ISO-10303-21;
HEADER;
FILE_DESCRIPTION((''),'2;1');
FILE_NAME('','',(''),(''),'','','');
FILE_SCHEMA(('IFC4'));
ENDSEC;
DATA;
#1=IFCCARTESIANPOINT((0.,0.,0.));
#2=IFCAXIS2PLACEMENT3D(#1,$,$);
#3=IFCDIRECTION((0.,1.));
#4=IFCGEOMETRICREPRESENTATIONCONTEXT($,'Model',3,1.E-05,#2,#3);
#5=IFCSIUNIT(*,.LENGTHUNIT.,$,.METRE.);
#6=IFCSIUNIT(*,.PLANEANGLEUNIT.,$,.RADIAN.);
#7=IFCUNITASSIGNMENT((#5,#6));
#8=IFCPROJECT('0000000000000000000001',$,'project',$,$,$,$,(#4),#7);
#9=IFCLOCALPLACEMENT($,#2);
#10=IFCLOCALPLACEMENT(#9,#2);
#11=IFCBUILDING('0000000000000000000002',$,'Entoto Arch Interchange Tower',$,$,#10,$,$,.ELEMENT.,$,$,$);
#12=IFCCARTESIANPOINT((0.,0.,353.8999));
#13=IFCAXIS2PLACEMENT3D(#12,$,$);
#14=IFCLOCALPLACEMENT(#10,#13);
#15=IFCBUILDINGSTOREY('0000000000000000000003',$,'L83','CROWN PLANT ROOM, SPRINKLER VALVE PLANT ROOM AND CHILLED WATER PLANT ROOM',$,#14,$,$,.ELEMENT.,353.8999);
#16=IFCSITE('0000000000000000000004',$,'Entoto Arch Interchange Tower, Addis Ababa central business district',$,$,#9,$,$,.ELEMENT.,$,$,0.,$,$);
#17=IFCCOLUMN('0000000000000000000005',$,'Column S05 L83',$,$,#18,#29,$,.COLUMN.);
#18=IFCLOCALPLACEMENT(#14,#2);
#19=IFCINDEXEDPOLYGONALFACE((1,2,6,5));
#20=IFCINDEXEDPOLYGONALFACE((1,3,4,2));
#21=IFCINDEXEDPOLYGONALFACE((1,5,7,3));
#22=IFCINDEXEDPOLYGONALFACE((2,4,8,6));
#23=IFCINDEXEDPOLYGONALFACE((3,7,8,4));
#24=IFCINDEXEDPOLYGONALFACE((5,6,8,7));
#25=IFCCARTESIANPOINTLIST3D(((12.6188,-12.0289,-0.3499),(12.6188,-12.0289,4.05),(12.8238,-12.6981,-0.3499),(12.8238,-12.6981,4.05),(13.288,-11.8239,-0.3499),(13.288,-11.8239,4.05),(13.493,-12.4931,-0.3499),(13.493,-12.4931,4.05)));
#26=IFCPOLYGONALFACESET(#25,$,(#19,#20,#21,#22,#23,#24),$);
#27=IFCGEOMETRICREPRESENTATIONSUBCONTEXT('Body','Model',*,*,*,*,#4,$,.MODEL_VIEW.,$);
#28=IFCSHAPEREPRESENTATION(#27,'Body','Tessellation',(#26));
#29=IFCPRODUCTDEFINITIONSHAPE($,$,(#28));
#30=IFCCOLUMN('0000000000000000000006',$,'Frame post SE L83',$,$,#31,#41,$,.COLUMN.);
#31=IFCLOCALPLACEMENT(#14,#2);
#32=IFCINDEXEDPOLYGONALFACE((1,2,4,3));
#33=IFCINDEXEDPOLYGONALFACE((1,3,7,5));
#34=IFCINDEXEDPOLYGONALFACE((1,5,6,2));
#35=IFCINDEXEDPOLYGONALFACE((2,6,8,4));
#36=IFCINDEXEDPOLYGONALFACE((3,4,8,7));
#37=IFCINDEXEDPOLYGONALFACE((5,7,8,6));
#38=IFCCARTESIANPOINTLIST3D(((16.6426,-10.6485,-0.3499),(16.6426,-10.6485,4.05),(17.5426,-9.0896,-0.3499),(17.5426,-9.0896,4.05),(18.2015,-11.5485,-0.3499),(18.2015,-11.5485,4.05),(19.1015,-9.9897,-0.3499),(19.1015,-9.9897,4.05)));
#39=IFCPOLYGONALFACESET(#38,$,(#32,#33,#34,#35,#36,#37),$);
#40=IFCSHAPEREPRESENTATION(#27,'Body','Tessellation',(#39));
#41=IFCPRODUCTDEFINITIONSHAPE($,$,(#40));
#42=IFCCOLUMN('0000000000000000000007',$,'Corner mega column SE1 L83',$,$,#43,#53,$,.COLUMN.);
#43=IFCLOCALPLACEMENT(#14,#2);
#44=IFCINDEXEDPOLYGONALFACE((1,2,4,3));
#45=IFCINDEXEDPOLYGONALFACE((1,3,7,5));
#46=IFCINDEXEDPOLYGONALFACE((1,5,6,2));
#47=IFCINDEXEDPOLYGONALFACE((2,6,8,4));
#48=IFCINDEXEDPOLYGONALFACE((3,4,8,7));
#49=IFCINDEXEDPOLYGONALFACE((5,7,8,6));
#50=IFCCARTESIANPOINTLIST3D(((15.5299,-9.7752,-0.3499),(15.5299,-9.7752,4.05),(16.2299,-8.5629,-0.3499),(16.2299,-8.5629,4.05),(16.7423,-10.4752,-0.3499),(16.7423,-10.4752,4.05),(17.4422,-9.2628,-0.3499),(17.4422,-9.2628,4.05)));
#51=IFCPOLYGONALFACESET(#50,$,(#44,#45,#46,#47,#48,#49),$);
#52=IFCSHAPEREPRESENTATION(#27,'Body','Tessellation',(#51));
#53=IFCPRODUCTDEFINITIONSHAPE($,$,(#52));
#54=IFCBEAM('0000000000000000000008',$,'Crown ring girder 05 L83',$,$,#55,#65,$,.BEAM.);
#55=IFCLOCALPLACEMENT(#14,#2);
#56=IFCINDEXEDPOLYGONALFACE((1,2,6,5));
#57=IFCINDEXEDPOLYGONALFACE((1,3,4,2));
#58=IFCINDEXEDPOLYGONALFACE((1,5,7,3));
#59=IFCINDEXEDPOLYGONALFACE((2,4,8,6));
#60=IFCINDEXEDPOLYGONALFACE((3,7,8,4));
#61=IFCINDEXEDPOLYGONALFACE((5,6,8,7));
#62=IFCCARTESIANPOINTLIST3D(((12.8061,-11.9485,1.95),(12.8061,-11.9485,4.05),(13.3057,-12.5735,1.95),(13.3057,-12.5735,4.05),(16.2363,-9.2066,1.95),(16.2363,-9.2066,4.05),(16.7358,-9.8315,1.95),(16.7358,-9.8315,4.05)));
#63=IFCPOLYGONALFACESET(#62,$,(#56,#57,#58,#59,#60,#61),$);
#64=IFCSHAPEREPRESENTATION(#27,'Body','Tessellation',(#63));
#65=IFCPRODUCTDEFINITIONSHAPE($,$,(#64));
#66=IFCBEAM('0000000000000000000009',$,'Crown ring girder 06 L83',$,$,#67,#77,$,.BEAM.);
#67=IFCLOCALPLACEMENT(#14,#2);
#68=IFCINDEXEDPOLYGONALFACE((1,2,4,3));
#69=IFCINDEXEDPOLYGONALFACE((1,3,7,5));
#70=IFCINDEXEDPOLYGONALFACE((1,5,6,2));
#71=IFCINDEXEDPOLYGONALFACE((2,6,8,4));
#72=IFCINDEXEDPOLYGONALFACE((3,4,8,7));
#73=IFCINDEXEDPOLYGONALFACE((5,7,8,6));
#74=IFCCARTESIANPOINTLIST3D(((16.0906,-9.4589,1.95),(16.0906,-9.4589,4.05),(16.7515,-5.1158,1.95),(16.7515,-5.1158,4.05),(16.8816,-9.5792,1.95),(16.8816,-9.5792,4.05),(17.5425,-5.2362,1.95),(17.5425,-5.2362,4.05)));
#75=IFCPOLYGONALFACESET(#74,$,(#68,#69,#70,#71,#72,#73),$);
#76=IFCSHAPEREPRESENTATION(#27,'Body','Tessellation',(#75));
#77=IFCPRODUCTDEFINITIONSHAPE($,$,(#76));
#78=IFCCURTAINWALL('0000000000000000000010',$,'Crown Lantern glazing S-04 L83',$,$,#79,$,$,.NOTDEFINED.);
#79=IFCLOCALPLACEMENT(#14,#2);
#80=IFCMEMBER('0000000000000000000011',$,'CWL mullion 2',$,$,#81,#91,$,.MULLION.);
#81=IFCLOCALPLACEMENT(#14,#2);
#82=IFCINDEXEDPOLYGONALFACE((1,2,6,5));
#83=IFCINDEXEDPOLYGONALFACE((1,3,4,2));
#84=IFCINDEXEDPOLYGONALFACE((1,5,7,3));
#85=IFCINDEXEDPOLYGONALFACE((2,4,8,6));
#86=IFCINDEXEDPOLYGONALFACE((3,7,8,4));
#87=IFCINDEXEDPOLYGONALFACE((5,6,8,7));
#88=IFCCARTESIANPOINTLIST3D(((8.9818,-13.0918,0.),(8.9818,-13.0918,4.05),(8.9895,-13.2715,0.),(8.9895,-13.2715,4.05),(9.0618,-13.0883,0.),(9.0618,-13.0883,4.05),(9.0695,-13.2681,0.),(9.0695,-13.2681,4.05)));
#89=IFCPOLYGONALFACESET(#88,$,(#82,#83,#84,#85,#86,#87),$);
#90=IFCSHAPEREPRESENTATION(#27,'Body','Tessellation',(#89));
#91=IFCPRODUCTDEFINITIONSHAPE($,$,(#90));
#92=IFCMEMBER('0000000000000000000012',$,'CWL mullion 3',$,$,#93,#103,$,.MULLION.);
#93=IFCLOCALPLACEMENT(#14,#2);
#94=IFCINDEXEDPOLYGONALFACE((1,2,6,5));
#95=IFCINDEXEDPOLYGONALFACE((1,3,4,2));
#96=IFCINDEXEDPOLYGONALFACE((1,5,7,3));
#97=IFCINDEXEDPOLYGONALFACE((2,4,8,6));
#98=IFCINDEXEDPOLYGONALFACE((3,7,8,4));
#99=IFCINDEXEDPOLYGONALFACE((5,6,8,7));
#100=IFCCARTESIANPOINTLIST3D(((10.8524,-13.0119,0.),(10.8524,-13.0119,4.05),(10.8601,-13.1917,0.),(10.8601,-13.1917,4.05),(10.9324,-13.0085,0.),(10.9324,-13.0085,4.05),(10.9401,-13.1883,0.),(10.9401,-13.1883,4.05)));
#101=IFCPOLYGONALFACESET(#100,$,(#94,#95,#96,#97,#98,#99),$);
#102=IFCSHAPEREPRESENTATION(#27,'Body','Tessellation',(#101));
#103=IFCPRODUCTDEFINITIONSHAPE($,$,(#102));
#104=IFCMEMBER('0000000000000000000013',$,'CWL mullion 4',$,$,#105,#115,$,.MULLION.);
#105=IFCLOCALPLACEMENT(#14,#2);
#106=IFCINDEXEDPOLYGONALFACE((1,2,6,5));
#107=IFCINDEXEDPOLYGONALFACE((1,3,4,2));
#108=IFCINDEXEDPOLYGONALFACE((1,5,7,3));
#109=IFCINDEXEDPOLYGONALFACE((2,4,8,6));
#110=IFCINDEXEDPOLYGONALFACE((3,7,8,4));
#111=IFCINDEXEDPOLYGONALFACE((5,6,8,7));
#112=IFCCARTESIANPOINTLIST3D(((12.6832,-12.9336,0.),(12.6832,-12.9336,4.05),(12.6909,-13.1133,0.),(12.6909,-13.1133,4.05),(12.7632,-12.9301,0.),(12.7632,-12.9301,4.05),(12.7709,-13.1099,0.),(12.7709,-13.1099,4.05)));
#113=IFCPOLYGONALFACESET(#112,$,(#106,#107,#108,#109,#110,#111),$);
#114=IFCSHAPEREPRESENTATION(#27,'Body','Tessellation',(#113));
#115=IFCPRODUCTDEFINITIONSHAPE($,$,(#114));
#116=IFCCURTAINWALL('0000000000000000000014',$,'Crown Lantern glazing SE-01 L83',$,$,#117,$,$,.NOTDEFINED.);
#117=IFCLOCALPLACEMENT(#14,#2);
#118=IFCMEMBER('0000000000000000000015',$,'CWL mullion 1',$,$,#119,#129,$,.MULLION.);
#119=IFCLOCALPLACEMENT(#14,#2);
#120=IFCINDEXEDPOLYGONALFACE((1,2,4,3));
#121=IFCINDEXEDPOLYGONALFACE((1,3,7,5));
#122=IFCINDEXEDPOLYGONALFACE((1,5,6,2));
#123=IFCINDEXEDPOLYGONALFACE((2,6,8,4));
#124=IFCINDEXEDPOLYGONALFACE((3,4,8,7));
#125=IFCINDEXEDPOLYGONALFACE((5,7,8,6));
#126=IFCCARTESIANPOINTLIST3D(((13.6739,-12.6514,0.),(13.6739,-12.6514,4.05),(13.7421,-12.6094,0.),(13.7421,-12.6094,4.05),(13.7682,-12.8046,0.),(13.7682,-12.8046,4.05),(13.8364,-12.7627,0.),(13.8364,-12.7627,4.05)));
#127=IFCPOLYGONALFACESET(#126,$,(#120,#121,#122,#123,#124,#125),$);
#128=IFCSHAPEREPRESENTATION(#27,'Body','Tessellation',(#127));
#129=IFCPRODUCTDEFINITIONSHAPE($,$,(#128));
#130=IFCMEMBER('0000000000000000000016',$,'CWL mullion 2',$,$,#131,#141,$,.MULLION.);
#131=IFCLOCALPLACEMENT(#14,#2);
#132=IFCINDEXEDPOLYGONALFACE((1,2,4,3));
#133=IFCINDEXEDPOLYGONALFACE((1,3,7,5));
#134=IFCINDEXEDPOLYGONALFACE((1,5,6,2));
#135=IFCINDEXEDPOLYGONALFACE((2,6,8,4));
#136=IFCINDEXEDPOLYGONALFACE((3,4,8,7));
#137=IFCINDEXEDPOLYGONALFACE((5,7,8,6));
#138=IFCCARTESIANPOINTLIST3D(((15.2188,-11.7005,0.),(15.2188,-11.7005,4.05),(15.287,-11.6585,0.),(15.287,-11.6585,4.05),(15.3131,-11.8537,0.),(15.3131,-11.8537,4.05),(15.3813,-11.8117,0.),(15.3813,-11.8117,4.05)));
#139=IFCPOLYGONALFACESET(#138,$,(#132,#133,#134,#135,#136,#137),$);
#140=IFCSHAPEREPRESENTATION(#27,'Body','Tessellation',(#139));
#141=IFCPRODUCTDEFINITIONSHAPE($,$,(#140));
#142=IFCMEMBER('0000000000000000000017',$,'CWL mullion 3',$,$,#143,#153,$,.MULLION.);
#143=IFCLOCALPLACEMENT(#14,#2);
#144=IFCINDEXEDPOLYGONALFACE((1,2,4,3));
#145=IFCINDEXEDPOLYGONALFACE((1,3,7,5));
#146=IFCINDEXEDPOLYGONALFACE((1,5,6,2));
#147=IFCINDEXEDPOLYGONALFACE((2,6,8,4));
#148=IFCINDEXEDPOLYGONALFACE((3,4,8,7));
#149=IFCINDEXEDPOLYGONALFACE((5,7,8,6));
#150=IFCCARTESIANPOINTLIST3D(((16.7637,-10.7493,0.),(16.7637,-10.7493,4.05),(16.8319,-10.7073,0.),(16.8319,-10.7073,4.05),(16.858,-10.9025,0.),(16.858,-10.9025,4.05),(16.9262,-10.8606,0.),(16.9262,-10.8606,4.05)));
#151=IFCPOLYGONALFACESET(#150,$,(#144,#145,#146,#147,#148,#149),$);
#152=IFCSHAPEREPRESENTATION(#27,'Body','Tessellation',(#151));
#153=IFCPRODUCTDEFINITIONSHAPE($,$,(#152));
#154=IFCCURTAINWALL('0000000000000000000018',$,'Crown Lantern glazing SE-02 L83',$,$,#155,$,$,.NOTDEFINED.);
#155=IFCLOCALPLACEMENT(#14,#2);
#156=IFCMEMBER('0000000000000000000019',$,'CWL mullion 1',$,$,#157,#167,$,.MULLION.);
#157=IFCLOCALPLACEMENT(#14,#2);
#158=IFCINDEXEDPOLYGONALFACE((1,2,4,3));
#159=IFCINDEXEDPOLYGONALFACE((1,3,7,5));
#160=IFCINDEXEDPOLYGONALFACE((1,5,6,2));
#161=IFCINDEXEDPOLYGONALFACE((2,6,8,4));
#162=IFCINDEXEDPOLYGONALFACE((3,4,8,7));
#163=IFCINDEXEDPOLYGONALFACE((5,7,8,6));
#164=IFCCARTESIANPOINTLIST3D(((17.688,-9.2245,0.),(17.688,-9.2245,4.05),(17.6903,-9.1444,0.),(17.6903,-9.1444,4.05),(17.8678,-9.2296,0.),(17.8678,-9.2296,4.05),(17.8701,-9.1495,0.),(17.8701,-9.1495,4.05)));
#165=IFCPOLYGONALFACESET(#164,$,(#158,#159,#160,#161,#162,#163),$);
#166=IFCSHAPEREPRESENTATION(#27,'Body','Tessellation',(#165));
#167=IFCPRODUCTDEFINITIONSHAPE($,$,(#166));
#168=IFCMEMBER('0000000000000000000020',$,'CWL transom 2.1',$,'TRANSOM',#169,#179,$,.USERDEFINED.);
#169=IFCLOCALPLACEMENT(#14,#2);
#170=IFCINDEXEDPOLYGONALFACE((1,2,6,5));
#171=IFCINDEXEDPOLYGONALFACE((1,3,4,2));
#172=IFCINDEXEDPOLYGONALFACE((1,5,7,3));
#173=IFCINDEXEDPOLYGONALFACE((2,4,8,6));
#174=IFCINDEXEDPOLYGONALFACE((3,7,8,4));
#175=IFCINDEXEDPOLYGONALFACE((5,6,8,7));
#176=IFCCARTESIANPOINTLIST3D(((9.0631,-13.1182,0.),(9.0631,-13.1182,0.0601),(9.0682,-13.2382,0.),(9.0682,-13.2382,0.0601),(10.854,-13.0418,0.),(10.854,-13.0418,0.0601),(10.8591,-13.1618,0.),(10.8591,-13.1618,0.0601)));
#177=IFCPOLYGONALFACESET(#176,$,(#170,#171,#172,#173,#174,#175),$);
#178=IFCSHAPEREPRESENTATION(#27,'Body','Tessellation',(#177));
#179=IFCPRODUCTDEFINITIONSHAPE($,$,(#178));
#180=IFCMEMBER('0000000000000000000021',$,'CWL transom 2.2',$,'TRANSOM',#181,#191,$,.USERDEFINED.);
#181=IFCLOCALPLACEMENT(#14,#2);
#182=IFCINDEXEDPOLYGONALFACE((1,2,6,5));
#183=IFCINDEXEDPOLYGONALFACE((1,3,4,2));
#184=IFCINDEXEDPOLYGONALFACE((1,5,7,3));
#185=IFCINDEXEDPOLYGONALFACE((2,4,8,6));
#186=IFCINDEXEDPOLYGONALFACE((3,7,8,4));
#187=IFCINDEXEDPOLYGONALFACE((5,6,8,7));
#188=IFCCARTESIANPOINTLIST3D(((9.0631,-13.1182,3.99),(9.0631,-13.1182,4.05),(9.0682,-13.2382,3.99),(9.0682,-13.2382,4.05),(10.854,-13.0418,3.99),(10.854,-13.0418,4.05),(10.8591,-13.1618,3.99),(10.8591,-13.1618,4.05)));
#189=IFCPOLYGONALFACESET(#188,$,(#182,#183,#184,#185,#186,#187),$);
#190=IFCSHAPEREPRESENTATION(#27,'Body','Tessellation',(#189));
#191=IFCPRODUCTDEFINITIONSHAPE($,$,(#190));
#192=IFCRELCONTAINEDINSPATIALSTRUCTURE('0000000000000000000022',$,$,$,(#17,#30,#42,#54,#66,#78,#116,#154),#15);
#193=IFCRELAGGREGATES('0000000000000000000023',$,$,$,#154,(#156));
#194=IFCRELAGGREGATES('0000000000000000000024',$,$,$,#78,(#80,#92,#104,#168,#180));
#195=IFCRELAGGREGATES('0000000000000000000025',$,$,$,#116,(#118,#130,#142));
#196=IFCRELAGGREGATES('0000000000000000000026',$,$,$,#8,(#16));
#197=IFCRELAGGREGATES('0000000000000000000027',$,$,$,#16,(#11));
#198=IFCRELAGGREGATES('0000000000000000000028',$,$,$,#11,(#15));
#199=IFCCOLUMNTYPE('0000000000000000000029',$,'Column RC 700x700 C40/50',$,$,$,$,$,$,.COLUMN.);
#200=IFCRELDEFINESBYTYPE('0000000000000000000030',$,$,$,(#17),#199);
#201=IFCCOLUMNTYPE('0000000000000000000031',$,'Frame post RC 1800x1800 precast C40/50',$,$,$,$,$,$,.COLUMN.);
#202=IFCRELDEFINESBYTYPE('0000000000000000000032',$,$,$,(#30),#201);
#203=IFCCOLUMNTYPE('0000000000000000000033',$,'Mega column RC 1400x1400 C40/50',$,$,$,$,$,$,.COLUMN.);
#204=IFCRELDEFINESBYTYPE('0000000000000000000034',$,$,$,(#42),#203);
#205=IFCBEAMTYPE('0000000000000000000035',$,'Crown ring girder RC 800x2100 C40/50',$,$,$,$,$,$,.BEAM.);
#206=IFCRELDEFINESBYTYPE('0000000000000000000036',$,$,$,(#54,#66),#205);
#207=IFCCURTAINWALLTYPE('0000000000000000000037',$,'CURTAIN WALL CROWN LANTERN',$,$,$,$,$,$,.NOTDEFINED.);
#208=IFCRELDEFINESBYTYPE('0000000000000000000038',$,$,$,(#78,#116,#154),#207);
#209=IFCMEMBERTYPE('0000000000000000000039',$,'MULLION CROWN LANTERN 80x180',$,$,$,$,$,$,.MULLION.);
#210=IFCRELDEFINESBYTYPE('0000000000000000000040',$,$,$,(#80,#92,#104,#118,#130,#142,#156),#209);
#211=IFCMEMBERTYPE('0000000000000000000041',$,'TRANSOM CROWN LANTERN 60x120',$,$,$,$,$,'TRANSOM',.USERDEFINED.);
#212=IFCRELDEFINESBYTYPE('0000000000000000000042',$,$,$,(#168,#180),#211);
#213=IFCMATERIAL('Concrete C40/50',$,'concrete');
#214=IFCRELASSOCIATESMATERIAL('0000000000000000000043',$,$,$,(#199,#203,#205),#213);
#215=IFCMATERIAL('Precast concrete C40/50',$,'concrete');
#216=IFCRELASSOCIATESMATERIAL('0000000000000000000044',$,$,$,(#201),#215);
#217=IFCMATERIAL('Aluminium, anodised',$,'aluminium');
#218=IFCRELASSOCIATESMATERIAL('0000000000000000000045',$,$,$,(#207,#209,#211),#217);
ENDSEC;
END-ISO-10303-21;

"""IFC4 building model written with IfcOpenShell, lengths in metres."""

from ifc_helpers import new_model, si_unit, direction, frame, origin, origin_2d, place, context, subcontext, project, spatial, rectangle, extrude, material, material_profile, profile_set, type_object, element, aggregate, save


model = new_model("IFC4")

# Units and contexts
model_context = context("Model", 3, precision=1e-05, world=origin(), true_north=direction((0.0, 1.0)))
body_context = subcontext(model_context, "Body", "Model", "MODEL_VIEW")
ifc_project = project(units=[si_unit("LENGTHUNIT", "METRE"), si_unit("PLANEANGLEUNIT", "RADIAN")], contexts=[model_context])

# Site, building, storey
site_placement = place(None, origin())
site = spatial("IfcSite", under=ifc_project, at=site_placement, Name="Entoto Arch Interchange Tower, Addis Ababa central business district", CompositionType="ELEMENT", RefElevation=0.0)
building_placement = place(site_placement, origin())
building = spatial("IfcBuilding", under=site, at=building_placement, Name="Entoto Arch Interchange Tower", CompositionType="ELEMENT")
storey_placement = place(building_placement, frame((0.0, 0.0, 353.8999)))
storey = spatial("IfcBuildingStorey", under=building, at=storey_placement, Name="L83", Description="CROWN PLANT ROOM, SPRINKLER VALVE PLANT ROOM AND CHILLED WATER PLANT ROOM", CompositionType="ELEMENT", Elevation=353.8999)

# Columns
ifc_material_1 = material(Name="Concrete C40/50", Category="concrete")
ifc_material_profile_1 = material_profile(ifc_material_1, rectangle(XDim=0.7, YDim=0.7, at=origin_2d()))
ifc_profile_set_1 = profile_set([ifc_material_profile_1], Name="Concrete C40/50")
column_type_1 = type_object("IfcColumnType", Name="Column RC 700x700 C40/50", PredefinedType="COLUMN", material=ifc_profile_set_1)
column_1_placement = place(storey_placement, frame((13.0559, -12.261, -0.3499), z_axis=(0.0, 0.0, 1.0), x_axis=(0.956141, 0.292906, 0.0)))
element("IfcColumn", 1, at=column_1_placement, inside=storey, type_object=column_type_1, Name="Column S05 L83", PredefinedType="COLUMN", context=body_context, shape_type="SweptSolid", body=[
    extrude(rectangle(XDim=0.7, YDim=0.7, at=origin_2d()), origin(), (0.0, 0.0, 1.0), 4.3999),
])
ifc_material_2 = material(Name="Precast concrete C40/50", Category="concrete")
ifc_material_profile_2 = material_profile(ifc_material_2, rectangle(XDim=1.8, YDim=1.8, at=origin_2d()))
ifc_profile_set_2 = profile_set([ifc_material_profile_2], Name="Precast concrete C40/50")
column_type_2 = type_object("IfcColumnType", Name="Frame post RC 1800x1800 precast C40/50", PredefinedType="COLUMN", material=ifc_profile_set_2)
column_2_placement = place(storey_placement, frame((17.8721, -10.3191, -0.3499), z_axis=(0.0, 0.0, 1.0), x_axis=(-0.866025, 0.5, 0.0)))
element("IfcColumn", 2, at=column_2_placement, inside=storey, type_object=column_type_2, Name="Frame post SE L83", PredefinedType="COLUMN", context=body_context, shape_type="SweptSolid", body=[
    extrude(rectangle(XDim=1.8, YDim=1.8, at=origin_2d()), origin(), (0.0, 0.0, 1.0), 4.3999),
])
ifc_material_profile_3 = material_profile(ifc_material_1, rectangle(XDim=1.3999, YDim=1.3999, at=origin_2d()))
ifc_profile_set_3 = profile_set([ifc_material_profile_3], Name="Concrete C40/50")
column_type_3 = type_object("IfcColumnType", Name="Mega column RC 1400x1400 C40/50", PredefinedType="COLUMN", material=ifc_profile_set_3)
column_3_placement = place(storey_placement, frame((16.4861, -9.519, -0.3499), z_axis=(0.0, 0.0, 1.0), x_axis=(-0.866025, 0.5, 0.0)))
element("IfcColumn", 3, at=column_3_placement, inside=storey, type_object=column_type_3, Name="Corner mega column SE1 L83", PredefinedType="COLUMN", context=body_context, shape_type="SweptSolid", body=[
    extrude(rectangle(XDim=1.3999, YDim=1.3999, at=origin_2d()), origin(), (0.0, 0.0, 1.0), 4.3999),
])

# Beams
ifc_material_profile_4 = material_profile(ifc_material_1, rectangle(XDim=0.8, YDim=2.1001, at=origin_2d()))
ifc_profile_set_4 = profile_set([ifc_material_profile_4], Name="Concrete C40/50")
beam_type = type_object("IfcBeamType", Name="Crown ring girder RC 800x2100 C40/50", PredefinedType="BEAM", material=ifc_profile_set_4)
beam_1_placement = place(storey_placement, frame((13.0559, -12.261, 3.0), z_axis=(0.781113, 0.62439, 0.0), x_axis=(-0.62439, 0.781113, 0.0)))
element("IfcBeam", 4, at=beam_1_placement, inside=storey, type_object=beam_type, Name="Crown ring girder 05 L83", PredefinedType="BEAM", context=body_context, shape_type="SweptSolid", body=[
    extrude(rectangle(XDim=0.8, YDim=2.1001, at=origin_2d()), origin(), (0.0, 0.0, 1.0), 4.3914),
])
beam_2_placement = place(storey_placement, frame((16.4861, -9.519, 3.0), z_axis=(0.150441, 0.988619, 0.0), x_axis=(-0.988619, 0.150441, 0.0)))
element("IfcBeam", 5, at=beam_2_placement, inside=storey, type_object=beam_type, Name="Crown ring girder 06 L83", PredefinedType="BEAM", context=body_context, shape_type="SweptSolid", body=[
    extrude(rectangle(XDim=0.8, YDim=2.1001, at=origin_2d()), origin(), (0.0, 0.0, 1.0), 4.3931),
])

# Curtain walls, members
ifc_material_3 = material(Name="Aluminium, anodised", Category="aluminium")
curtain_wall_type = type_object("IfcCurtainWallType", Name="CURTAIN WALL CROWN LANTERN", PredefinedType="NOTDEFINED", material=ifc_material_3)
curtain_wall_1_placement = place(storey_placement, origin())
curtain_wall_1 = element("IfcCurtainWall", 6, at=curtain_wall_1_placement, inside=storey, type_object=curtain_wall_type, Name="Crown Lantern glazing S-04 L83", PredefinedType="NOTDEFINED")
ifc_material_profile_5 = material_profile(ifc_material_3, rectangle(XDim=0.1799, YDim=0.0801, at=origin_2d()))
ifc_profile_set_5 = profile_set([ifc_material_profile_5], Name="Aluminium, anodised")
member_type_1 = type_object("IfcMemberType", Name="MULLION CROWN LANTERN 80x180", PredefinedType="MULLION", material=ifc_profile_set_5)
member_1_placement = place(storey_placement, frame((9.0256, -13.1799, 0.0), z_axis=(0.0, 0.0, 1.0), x_axis=(-0.042726, 0.999087, 0.0)))
member_1 = element("IfcMember", 7, at=member_1_placement, type_object=member_type_1, Name="CWL mullion 2", PredefinedType="MULLION", context=body_context, shape_type="SweptSolid", body=[
    extrude(rectangle(XDim=0.1799, YDim=0.0801, at=origin_2d()), origin(), (0.0, 0.0, 1.0), 4.05),
])
member_2_placement = place(storey_placement, frame((10.8962, -13.1001, 0.0), z_axis=(0.0, 0.0, 1.0), x_axis=(-0.042726, 0.999087, 0.0)))
member_2 = element("IfcMember", 8, at=member_2_placement, type_object=member_type_1, Name="CWL mullion 3", PredefinedType="MULLION", context=body_context, shape_type="SweptSolid", body=[
    extrude(rectangle(XDim=0.1799, YDim=0.0801, at=origin_2d()), origin(), (0.0, 0.0, 1.0), 4.05),
])
member_3_placement = place(storey_placement, frame((12.7271, -13.0217, 0.0), z_axis=(0.0, 0.0, 1.0), x_axis=(-0.042726, 0.999087, 0.0)))
member_3 = element("IfcMember", 9, at=member_3_placement, type_object=member_type_1, Name="CWL mullion 4", PredefinedType="MULLION", context=body_context, shape_type="SweptSolid", body=[
    extrude(rectangle(XDim=0.1799, YDim=0.0801, at=origin_2d()), origin(), (0.0, 0.0, 1.0), 4.05),
])
curtain_wall_2_placement = place(storey_placement, origin())
curtain_wall_2 = element("IfcCurtainWall", 10, at=curtain_wall_2_placement, inside=storey, type_object=curtain_wall_type, Name="Crown Lantern glazing SE-01 L83", PredefinedType="NOTDEFINED")
member_4_placement = place(storey_placement, frame((13.7551, -12.707, 0.0), z_axis=(0.0, 0.0, 1.0), x_axis=(-0.524218, 0.851584, 0.0)))
member_4 = element("IfcMember", 11, at=member_4_placement, type_object=member_type_1, Name="CWL mullion 1", PredefinedType="MULLION", context=body_context, shape_type="SweptSolid", body=[
    extrude(rectangle(XDim=0.1799, YDim=0.0801, at=origin_2d()), origin(), (0.0, 0.0, 1.0), 4.05),
])
member_5_placement = place(storey_placement, frame((15.3, -11.7561, 0.0), z_axis=(0.0, 0.0, 1.0), x_axis=(-0.524218, 0.851584, 0.0)))
member_5 = element("IfcMember", 12, at=member_5_placement, type_object=member_type_1, Name="CWL mullion 2", PredefinedType="MULLION", context=body_context, shape_type="SweptSolid", body=[
    extrude(rectangle(XDim=0.1799, YDim=0.0801, at=origin_2d()), origin(), (0.0, 0.0, 1.0), 4.05),
])
member_6_placement = place(storey_placement, frame((16.845, -10.8049, 0.0), z_axis=(0.0, 0.0, 1.0), x_axis=(-0.524218, 0.851584, 0.0)))
member_6 = element("IfcMember", 13, at=member_6_placement, type_object=member_type_1, Name="CWL mullion 3", PredefinedType="MULLION", context=body_context, shape_type="SweptSolid", body=[
    extrude(rectangle(XDim=0.1799, YDim=0.0801, at=origin_2d()), origin(), (0.0, 0.0, 1.0), 4.05),
])

# Curtain wall, member
curtain_wall_3_placement = place(storey_placement, origin())
curtain_wall_3 = element("IfcCurtainWall", 14, at=curtain_wall_3_placement, inside=storey, type_object=curtain_wall_type, Name="Crown Lantern glazing SE-02 L83", PredefinedType="NOTDEFINED")
member_7_placement = place(storey_placement, frame((17.7791, -9.187, 0.0), z_axis=(0.0, 0.0, 1.0), x_axis=(-0.9996, 0.028298, 0.0)))
member_7 = element("IfcMember", 15, at=member_7_placement, type_object=member_type_1, Name="CWL mullion 1", PredefinedType="MULLION", context=body_context, shape_type="SweptSolid", body=[
    extrude(rectangle(XDim=0.1799, YDim=0.0801, at=origin_2d()), origin(), (0.0, 0.0, 1.0), 4.05),
])

# Members
ifc_material_profile_6 = material_profile(ifc_material_3, rectangle(XDim=0.1201, YDim=0.0601, at=origin_2d()))
ifc_profile_set_6 = profile_set([ifc_material_profile_6], Name="Aluminium, anodised")
member_type_2 = type_object("IfcMemberType", Name="TRANSOM CROWN LANTERN 60x120", ElementType="TRANSOM", PredefinedType="USERDEFINED", material=ifc_profile_set_6)
member_8_placement = place(storey_placement, frame((9.0657, -13.1782, 0.03), z_axis=(0.999091, 0.042633, 0.0), x_axis=(-0.042633, 0.999091, 0.0)))
member_8 = element("IfcMember", 16, at=member_8_placement, type_object=member_type_2, Name="CWL transom 2.1", ObjectType="TRANSOM", PredefinedType="USERDEFINED", context=body_context, shape_type="SweptSolid", body=[
    extrude(rectangle(XDim=0.1201, YDim=0.0601, at=origin_2d()), origin(), (0.0, 0.0, 1.0), 1.7925),
])
member_9_placement = place(storey_placement, frame((9.0657, -13.1782, 4.02), z_axis=(0.999091, 0.042633, 0.0), x_axis=(-0.042633, 0.999091, 0.0)))
member_9 = element("IfcMember", 17, at=member_9_placement, type_object=member_type_2, Name="CWL transom 2.2", ObjectType="TRANSOM", PredefinedType="USERDEFINED", context=body_context, shape_type="SweptSolid", body=[
    extrude(rectangle(XDim=0.1201, YDim=0.0601, at=origin_2d()), origin(), (0.0, 0.0, 1.0), 1.7925),
])
aggregate(curtain_wall_3, [member_7])

aggregate(curtain_wall_1, [member_1, member_2, member_3, member_8, member_9])
aggregate(curtain_wall_2, [member_4, member_5, member_6])

save(model, "model.ifc")
